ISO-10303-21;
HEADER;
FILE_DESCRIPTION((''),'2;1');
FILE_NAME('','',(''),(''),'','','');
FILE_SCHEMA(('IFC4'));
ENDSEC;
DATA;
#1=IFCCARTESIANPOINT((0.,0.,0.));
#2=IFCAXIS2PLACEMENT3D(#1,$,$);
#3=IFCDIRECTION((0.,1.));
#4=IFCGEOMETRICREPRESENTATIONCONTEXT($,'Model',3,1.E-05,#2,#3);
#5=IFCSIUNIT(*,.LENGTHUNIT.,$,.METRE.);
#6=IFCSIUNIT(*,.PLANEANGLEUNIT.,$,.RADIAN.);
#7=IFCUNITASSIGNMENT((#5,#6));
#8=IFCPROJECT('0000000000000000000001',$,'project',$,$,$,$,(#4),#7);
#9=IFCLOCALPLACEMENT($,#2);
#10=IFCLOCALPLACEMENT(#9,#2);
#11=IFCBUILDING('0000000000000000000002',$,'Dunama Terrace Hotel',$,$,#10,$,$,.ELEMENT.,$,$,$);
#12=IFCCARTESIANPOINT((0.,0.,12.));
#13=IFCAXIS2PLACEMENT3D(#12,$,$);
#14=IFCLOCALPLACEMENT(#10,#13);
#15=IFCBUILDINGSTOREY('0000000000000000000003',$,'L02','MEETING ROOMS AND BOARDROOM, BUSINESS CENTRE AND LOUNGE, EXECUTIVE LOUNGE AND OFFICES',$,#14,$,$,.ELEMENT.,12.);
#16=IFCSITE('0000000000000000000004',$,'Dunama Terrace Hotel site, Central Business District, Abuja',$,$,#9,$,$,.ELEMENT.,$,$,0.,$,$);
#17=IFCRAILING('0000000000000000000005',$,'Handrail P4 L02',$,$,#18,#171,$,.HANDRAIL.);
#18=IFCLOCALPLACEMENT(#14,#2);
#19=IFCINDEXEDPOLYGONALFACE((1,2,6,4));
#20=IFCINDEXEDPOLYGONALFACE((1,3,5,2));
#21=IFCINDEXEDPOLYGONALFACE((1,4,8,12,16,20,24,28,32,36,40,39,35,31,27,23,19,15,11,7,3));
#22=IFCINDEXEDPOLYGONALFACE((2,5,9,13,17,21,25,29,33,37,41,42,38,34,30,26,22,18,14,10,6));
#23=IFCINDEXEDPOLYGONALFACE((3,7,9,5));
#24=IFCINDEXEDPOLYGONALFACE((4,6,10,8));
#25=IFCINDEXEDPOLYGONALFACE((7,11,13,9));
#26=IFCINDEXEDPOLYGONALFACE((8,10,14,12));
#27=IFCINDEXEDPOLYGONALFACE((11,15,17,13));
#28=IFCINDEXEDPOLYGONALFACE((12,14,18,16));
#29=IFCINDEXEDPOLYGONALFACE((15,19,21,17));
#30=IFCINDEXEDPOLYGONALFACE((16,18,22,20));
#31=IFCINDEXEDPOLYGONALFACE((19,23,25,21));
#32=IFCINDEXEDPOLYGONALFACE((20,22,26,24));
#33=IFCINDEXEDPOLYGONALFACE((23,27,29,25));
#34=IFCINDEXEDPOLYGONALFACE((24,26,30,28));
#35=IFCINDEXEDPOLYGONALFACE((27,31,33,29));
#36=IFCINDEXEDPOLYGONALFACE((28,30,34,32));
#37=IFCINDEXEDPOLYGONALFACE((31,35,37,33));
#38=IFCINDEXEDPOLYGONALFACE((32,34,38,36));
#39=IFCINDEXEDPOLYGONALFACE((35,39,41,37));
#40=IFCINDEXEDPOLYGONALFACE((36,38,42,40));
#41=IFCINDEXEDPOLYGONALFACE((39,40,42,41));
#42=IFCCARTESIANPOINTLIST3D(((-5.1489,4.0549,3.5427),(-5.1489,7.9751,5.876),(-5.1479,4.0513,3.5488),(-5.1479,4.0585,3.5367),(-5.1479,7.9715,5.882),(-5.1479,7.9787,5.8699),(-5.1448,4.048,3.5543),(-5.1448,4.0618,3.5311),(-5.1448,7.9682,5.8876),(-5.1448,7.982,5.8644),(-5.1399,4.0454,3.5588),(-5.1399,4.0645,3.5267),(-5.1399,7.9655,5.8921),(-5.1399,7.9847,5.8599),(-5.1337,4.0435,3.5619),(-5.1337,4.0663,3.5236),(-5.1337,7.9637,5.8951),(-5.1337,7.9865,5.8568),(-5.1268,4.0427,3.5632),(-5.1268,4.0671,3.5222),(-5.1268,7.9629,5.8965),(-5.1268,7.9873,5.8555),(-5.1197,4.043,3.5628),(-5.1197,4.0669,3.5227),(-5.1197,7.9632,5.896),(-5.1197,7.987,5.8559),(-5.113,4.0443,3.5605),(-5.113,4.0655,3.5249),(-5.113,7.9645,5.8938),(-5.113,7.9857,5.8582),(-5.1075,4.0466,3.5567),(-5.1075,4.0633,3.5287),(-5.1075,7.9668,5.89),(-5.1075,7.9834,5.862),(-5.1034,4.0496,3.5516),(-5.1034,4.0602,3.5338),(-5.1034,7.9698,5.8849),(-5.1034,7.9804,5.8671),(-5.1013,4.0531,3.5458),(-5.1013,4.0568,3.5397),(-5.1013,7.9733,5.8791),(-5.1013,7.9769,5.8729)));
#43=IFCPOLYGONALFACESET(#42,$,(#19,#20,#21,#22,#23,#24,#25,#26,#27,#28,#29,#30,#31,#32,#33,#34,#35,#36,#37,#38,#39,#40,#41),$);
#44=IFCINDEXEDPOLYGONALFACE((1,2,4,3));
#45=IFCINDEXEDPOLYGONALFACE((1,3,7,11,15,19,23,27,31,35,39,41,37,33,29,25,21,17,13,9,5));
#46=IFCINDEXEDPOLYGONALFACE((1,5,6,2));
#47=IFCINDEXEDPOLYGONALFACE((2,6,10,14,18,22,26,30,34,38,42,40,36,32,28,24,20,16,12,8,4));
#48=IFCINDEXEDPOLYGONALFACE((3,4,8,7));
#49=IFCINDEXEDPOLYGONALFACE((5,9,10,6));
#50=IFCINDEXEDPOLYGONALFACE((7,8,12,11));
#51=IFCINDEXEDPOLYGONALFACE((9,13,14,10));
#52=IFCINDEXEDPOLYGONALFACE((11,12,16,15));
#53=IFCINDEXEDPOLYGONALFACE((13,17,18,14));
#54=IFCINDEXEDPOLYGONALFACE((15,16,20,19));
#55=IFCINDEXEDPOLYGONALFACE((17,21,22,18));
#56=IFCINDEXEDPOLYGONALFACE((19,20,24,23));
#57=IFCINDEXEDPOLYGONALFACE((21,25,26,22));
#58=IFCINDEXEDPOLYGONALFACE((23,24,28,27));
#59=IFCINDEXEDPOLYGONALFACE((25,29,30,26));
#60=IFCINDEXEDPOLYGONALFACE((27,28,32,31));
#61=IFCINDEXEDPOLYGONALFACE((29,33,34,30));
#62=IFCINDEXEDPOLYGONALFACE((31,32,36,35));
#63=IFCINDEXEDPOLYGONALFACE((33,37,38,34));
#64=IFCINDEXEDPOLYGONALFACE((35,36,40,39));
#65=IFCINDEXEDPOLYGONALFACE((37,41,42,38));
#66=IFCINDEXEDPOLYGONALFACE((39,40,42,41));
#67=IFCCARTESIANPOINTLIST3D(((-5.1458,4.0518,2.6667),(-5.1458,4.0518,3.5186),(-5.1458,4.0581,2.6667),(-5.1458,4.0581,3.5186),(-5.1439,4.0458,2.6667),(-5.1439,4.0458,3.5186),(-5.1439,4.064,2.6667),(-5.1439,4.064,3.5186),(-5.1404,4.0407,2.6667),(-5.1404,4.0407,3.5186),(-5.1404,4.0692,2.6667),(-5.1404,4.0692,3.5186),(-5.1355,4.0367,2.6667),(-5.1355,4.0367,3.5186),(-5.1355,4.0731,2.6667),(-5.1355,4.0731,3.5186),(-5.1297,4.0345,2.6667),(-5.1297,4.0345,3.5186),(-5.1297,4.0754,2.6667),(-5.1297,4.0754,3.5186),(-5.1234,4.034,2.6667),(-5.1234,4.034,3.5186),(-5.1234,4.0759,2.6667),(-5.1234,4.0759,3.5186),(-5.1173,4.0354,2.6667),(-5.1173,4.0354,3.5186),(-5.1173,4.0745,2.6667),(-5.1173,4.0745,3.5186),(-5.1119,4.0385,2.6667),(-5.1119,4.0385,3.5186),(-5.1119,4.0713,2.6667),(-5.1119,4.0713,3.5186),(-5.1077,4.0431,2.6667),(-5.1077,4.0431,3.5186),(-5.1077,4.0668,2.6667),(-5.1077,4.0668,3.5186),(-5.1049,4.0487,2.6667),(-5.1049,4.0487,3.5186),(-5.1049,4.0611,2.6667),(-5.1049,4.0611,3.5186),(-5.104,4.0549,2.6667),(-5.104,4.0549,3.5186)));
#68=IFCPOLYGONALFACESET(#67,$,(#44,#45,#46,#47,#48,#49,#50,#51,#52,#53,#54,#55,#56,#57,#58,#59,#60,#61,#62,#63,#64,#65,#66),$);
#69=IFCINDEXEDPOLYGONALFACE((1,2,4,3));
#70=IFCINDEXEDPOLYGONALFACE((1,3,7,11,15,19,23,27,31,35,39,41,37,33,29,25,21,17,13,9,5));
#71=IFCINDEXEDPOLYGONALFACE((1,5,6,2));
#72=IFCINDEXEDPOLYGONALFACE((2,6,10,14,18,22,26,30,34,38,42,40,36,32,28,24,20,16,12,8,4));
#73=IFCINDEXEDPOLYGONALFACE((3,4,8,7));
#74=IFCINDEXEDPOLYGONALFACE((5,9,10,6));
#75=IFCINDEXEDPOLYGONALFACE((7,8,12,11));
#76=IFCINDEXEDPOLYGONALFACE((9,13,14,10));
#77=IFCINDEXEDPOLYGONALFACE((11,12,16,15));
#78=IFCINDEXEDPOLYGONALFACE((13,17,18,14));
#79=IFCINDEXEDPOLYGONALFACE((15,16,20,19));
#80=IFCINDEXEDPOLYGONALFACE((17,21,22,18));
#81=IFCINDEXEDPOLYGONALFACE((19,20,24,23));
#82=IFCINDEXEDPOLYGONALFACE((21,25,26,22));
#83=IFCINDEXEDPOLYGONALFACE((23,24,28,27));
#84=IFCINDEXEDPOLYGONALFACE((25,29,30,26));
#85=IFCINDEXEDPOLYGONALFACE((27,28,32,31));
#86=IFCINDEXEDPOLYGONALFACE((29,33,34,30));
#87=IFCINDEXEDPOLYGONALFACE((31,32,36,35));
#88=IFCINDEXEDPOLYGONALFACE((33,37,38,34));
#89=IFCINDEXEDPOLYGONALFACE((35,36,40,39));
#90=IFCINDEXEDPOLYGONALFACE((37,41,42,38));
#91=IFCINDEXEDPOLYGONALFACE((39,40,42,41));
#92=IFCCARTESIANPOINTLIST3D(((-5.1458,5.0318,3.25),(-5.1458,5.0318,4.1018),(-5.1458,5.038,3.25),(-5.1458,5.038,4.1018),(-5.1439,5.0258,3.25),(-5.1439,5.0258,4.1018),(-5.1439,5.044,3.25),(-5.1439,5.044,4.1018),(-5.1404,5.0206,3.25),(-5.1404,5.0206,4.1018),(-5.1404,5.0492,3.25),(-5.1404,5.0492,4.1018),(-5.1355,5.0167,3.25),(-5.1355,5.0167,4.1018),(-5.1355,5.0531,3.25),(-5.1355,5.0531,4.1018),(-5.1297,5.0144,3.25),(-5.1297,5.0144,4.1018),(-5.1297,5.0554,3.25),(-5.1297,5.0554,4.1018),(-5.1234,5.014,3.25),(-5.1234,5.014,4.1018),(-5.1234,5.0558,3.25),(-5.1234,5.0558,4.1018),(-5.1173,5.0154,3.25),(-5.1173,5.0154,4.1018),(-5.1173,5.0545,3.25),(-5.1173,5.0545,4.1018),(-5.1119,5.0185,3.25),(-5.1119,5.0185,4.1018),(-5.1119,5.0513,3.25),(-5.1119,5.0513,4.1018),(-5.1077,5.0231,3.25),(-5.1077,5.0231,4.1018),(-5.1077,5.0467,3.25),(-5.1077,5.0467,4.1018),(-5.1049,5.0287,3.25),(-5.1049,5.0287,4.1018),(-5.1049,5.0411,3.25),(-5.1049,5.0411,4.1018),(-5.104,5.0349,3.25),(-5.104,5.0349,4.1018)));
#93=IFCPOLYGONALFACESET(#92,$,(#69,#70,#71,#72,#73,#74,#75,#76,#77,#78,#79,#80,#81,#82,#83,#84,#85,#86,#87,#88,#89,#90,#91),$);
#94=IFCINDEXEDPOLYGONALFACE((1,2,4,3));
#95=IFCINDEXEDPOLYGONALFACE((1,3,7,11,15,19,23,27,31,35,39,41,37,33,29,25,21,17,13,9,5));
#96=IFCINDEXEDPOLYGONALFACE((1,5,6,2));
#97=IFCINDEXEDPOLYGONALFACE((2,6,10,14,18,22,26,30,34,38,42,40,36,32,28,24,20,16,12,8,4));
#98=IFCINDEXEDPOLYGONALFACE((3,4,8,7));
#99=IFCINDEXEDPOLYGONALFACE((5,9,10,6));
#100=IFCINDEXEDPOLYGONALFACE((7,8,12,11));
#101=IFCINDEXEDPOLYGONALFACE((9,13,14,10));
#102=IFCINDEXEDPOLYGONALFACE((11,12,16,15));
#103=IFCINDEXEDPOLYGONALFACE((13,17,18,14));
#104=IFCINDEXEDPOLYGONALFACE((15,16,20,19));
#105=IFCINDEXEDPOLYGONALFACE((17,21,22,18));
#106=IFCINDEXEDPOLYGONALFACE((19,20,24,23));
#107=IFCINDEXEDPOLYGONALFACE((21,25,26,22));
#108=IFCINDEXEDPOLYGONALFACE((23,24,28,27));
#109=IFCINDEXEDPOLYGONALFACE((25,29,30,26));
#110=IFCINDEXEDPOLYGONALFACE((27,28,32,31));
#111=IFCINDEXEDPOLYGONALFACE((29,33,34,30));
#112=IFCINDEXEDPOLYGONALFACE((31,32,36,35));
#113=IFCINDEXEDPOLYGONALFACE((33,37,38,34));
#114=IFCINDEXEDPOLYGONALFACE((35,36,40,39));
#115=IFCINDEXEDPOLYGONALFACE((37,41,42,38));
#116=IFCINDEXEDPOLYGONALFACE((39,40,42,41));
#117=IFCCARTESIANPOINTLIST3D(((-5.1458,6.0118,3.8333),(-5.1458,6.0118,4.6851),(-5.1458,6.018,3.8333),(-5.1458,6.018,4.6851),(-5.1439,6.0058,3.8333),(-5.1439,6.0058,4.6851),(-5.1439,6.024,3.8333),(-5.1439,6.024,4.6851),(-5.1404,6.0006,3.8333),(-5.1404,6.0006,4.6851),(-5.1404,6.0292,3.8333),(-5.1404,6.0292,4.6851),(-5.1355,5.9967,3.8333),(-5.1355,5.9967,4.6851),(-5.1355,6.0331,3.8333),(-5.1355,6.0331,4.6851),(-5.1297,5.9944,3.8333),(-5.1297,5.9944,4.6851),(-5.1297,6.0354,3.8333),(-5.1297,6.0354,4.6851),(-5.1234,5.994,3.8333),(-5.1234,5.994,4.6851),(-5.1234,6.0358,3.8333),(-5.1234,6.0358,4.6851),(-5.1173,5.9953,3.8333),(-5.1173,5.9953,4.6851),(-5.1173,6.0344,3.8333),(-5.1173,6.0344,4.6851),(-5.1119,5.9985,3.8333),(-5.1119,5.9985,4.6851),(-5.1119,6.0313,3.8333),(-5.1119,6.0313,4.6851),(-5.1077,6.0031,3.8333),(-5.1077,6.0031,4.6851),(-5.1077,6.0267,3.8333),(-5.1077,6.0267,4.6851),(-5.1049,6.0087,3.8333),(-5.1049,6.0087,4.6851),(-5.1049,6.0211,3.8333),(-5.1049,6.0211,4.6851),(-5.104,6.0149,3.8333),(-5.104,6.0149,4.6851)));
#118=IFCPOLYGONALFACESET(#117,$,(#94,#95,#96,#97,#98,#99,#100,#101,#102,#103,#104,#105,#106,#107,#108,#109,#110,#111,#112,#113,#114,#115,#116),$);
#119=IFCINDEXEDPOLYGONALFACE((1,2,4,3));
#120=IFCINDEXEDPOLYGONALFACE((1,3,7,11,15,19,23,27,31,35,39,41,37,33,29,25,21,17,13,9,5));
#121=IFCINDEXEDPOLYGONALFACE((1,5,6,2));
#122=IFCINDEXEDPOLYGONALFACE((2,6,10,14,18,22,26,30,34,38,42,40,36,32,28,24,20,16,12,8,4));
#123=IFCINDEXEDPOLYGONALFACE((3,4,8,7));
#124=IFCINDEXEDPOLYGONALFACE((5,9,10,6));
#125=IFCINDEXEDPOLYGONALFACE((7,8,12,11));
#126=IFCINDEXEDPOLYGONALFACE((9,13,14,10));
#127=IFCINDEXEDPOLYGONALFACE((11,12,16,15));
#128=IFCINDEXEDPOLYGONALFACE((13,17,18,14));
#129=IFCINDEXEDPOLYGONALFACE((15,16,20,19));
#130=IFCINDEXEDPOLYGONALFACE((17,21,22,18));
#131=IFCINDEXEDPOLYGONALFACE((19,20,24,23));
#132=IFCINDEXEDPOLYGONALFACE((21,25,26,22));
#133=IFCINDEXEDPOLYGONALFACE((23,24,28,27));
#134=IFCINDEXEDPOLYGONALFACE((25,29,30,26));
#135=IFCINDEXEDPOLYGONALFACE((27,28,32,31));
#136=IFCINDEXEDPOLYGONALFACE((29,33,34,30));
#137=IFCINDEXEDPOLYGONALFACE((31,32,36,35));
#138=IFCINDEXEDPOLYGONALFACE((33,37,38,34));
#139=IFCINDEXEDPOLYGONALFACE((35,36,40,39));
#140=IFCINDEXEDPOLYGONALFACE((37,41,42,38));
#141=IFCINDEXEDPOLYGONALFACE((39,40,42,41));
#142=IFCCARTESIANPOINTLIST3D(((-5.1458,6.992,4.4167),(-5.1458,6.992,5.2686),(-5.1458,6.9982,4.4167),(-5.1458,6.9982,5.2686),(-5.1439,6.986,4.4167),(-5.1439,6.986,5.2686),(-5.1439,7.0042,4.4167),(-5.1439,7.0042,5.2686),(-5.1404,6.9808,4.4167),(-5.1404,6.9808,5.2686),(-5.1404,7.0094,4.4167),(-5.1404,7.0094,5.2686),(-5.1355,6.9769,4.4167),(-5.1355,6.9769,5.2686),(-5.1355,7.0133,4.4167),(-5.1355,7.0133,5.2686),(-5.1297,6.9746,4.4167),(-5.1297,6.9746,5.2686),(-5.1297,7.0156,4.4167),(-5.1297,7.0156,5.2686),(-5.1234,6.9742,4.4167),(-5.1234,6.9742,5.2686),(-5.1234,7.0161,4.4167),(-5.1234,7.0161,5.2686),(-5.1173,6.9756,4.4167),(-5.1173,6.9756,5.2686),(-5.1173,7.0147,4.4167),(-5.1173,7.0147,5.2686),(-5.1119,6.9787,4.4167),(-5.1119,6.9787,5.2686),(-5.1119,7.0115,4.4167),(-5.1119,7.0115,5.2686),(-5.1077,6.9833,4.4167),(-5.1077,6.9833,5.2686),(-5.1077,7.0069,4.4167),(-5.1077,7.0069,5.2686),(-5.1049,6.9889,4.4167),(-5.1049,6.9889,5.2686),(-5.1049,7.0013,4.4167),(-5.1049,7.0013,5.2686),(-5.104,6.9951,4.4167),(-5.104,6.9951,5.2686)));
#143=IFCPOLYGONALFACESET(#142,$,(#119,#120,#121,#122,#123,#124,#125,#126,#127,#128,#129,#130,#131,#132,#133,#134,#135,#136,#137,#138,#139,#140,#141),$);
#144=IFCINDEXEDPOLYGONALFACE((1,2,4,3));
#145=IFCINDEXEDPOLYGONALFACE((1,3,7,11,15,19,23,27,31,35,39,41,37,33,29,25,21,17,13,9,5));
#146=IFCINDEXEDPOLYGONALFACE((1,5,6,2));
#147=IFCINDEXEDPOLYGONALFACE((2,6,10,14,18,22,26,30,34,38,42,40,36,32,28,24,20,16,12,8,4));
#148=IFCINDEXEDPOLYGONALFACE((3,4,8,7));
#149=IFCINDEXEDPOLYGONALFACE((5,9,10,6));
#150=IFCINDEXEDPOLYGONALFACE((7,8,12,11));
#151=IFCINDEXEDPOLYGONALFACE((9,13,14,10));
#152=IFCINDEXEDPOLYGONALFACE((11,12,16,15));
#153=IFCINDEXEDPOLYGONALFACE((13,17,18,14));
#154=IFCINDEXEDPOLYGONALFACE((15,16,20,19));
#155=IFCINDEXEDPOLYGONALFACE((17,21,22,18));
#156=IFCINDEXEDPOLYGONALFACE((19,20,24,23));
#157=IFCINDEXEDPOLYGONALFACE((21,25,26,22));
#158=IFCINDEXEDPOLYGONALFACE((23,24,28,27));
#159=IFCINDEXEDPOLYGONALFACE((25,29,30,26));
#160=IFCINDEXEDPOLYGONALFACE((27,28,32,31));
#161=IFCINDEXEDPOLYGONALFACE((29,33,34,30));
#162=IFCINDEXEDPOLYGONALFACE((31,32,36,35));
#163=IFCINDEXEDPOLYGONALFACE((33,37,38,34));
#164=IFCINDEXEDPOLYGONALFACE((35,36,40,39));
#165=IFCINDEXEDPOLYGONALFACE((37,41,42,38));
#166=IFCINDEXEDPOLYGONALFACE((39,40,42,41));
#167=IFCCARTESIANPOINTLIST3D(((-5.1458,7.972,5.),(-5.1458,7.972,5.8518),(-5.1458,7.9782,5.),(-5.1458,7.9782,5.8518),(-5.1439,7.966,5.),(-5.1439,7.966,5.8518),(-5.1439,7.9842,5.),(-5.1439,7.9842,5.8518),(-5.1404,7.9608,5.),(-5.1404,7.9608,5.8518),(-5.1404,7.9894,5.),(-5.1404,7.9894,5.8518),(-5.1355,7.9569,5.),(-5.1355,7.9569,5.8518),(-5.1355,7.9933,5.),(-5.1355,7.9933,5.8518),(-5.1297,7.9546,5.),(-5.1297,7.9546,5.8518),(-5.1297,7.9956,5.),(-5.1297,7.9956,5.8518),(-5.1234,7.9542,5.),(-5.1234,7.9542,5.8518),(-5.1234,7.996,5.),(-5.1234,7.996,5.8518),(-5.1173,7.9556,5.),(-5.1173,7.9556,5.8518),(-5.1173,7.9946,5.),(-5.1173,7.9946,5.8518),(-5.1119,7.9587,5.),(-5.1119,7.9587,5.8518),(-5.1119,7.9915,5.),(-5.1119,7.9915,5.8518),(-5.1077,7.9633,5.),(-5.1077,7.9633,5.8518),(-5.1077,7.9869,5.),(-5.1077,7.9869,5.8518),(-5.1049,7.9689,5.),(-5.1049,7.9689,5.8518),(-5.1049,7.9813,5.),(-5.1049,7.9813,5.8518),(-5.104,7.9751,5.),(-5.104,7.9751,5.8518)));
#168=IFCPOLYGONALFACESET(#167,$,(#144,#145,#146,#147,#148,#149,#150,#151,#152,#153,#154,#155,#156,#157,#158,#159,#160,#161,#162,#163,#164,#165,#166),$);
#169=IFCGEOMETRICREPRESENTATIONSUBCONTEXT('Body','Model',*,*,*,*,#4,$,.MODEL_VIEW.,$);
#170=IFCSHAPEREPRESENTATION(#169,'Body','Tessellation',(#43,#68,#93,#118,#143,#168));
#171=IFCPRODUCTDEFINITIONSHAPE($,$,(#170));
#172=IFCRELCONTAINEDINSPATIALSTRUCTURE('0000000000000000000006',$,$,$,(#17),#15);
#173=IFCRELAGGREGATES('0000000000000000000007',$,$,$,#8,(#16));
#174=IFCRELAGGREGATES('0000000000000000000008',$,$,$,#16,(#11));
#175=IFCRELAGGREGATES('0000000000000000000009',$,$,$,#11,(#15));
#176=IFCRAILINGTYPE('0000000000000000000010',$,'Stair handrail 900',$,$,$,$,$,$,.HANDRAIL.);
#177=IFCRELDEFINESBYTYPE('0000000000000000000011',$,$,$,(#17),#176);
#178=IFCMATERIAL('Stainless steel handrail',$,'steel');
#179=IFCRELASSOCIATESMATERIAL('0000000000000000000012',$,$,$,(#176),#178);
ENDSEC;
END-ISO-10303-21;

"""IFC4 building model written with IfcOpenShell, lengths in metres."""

from ifc_helpers import new_model, si_unit, direction, frame, origin, origin_2d, place, context, subcontext, project, spatial, circle, extrude, material, type_object, element, save


model = new_model("IFC4")

# Units and contexts
model_context = context("Model", 3, precision=1e-05, world=origin(), true_north=direction((0.0, 1.0)))
body_context = subcontext(model_context, "Body", "Model", "MODEL_VIEW")
ifc_project = project(units=[si_unit("LENGTHUNIT", "METRE"), si_unit("PLANEANGLEUNIT", "RADIAN")], contexts=[model_context])

# Site, building, storey
site_placement = place(None, origin())
site = spatial("IfcSite", under=ifc_project, at=site_placement, Name="Dunama Terrace Hotel site, Central Business District, Abuja", CompositionType="ELEMENT", RefElevation=0.0)
building_placement = place(site_placement, origin())
building = spatial("IfcBuilding", under=site, at=building_placement, Name="Dunama Terrace Hotel", CompositionType="ELEMENT")
storey_placement = place(building_placement, frame((0.0, 0.0, 12.0)))
storey = spatial("IfcBuildingStorey", under=building, at=storey_placement, Name="L02", Description="MEETING ROOMS AND BOARDROOM, BUSINESS CENTRE AND LOUNGE, EXECUTIVE LOUNGE AND OFFICES", CompositionType="ELEMENT", Elevation=12.0)

# Railing
ifc_material_1 = material(Name="Stainless steel handrail", Category="steel")
railing_type = type_object("IfcRailingType", Name="Stair handrail 900", PredefinedType="HANDRAIL", material=ifc_material_1)
railing_1_placement = place(storey_placement, frame((-5.125, 4.0549, 2.6667)))
element("IfcRailing", 1, at=railing_1_placement, inside=storey, type_object=railing_type, Name="Handrail P4 L02", PredefinedType="HANDRAIL", context=body_context, shape_type="SweptSolid", body=[
    extrude(circle(Radius=0.0239, at=origin_2d()), frame((0.0, 0.0, 0.876), z_axis=(0.0, 0.85931, 0.511455), x_axis=(-1.0, 0.0, 0.0)), (0.0, 0.0, 1.0), 4.562),
    extrude(circle(Radius=0.021, at=origin_2d()), origin(), (0.0, 0.0, 1.0), 0.8518),
    extrude(circle(Radius=0.021, at=origin_2d()), frame((0.0, 0.98, 0.5833)), (0.0, 0.0, 1.0), 0.8518),
    extrude(circle(Radius=0.021, at=origin_2d()), frame((0.0, 1.96, 1.1665)), (0.0, 0.0, 1.0), 0.8518),
    extrude(circle(Radius=0.021, at=origin_2d()), frame((0.0, 2.9402, 1.75)), (0.0, 0.0, 1.0), 0.8518),
    extrude(circle(Radius=0.021, at=origin_2d()), frame((0.0, 3.9202, 2.3333)), (0.0, 0.0, 1.0), 0.8518),
])

save(model, "model.ifc")
